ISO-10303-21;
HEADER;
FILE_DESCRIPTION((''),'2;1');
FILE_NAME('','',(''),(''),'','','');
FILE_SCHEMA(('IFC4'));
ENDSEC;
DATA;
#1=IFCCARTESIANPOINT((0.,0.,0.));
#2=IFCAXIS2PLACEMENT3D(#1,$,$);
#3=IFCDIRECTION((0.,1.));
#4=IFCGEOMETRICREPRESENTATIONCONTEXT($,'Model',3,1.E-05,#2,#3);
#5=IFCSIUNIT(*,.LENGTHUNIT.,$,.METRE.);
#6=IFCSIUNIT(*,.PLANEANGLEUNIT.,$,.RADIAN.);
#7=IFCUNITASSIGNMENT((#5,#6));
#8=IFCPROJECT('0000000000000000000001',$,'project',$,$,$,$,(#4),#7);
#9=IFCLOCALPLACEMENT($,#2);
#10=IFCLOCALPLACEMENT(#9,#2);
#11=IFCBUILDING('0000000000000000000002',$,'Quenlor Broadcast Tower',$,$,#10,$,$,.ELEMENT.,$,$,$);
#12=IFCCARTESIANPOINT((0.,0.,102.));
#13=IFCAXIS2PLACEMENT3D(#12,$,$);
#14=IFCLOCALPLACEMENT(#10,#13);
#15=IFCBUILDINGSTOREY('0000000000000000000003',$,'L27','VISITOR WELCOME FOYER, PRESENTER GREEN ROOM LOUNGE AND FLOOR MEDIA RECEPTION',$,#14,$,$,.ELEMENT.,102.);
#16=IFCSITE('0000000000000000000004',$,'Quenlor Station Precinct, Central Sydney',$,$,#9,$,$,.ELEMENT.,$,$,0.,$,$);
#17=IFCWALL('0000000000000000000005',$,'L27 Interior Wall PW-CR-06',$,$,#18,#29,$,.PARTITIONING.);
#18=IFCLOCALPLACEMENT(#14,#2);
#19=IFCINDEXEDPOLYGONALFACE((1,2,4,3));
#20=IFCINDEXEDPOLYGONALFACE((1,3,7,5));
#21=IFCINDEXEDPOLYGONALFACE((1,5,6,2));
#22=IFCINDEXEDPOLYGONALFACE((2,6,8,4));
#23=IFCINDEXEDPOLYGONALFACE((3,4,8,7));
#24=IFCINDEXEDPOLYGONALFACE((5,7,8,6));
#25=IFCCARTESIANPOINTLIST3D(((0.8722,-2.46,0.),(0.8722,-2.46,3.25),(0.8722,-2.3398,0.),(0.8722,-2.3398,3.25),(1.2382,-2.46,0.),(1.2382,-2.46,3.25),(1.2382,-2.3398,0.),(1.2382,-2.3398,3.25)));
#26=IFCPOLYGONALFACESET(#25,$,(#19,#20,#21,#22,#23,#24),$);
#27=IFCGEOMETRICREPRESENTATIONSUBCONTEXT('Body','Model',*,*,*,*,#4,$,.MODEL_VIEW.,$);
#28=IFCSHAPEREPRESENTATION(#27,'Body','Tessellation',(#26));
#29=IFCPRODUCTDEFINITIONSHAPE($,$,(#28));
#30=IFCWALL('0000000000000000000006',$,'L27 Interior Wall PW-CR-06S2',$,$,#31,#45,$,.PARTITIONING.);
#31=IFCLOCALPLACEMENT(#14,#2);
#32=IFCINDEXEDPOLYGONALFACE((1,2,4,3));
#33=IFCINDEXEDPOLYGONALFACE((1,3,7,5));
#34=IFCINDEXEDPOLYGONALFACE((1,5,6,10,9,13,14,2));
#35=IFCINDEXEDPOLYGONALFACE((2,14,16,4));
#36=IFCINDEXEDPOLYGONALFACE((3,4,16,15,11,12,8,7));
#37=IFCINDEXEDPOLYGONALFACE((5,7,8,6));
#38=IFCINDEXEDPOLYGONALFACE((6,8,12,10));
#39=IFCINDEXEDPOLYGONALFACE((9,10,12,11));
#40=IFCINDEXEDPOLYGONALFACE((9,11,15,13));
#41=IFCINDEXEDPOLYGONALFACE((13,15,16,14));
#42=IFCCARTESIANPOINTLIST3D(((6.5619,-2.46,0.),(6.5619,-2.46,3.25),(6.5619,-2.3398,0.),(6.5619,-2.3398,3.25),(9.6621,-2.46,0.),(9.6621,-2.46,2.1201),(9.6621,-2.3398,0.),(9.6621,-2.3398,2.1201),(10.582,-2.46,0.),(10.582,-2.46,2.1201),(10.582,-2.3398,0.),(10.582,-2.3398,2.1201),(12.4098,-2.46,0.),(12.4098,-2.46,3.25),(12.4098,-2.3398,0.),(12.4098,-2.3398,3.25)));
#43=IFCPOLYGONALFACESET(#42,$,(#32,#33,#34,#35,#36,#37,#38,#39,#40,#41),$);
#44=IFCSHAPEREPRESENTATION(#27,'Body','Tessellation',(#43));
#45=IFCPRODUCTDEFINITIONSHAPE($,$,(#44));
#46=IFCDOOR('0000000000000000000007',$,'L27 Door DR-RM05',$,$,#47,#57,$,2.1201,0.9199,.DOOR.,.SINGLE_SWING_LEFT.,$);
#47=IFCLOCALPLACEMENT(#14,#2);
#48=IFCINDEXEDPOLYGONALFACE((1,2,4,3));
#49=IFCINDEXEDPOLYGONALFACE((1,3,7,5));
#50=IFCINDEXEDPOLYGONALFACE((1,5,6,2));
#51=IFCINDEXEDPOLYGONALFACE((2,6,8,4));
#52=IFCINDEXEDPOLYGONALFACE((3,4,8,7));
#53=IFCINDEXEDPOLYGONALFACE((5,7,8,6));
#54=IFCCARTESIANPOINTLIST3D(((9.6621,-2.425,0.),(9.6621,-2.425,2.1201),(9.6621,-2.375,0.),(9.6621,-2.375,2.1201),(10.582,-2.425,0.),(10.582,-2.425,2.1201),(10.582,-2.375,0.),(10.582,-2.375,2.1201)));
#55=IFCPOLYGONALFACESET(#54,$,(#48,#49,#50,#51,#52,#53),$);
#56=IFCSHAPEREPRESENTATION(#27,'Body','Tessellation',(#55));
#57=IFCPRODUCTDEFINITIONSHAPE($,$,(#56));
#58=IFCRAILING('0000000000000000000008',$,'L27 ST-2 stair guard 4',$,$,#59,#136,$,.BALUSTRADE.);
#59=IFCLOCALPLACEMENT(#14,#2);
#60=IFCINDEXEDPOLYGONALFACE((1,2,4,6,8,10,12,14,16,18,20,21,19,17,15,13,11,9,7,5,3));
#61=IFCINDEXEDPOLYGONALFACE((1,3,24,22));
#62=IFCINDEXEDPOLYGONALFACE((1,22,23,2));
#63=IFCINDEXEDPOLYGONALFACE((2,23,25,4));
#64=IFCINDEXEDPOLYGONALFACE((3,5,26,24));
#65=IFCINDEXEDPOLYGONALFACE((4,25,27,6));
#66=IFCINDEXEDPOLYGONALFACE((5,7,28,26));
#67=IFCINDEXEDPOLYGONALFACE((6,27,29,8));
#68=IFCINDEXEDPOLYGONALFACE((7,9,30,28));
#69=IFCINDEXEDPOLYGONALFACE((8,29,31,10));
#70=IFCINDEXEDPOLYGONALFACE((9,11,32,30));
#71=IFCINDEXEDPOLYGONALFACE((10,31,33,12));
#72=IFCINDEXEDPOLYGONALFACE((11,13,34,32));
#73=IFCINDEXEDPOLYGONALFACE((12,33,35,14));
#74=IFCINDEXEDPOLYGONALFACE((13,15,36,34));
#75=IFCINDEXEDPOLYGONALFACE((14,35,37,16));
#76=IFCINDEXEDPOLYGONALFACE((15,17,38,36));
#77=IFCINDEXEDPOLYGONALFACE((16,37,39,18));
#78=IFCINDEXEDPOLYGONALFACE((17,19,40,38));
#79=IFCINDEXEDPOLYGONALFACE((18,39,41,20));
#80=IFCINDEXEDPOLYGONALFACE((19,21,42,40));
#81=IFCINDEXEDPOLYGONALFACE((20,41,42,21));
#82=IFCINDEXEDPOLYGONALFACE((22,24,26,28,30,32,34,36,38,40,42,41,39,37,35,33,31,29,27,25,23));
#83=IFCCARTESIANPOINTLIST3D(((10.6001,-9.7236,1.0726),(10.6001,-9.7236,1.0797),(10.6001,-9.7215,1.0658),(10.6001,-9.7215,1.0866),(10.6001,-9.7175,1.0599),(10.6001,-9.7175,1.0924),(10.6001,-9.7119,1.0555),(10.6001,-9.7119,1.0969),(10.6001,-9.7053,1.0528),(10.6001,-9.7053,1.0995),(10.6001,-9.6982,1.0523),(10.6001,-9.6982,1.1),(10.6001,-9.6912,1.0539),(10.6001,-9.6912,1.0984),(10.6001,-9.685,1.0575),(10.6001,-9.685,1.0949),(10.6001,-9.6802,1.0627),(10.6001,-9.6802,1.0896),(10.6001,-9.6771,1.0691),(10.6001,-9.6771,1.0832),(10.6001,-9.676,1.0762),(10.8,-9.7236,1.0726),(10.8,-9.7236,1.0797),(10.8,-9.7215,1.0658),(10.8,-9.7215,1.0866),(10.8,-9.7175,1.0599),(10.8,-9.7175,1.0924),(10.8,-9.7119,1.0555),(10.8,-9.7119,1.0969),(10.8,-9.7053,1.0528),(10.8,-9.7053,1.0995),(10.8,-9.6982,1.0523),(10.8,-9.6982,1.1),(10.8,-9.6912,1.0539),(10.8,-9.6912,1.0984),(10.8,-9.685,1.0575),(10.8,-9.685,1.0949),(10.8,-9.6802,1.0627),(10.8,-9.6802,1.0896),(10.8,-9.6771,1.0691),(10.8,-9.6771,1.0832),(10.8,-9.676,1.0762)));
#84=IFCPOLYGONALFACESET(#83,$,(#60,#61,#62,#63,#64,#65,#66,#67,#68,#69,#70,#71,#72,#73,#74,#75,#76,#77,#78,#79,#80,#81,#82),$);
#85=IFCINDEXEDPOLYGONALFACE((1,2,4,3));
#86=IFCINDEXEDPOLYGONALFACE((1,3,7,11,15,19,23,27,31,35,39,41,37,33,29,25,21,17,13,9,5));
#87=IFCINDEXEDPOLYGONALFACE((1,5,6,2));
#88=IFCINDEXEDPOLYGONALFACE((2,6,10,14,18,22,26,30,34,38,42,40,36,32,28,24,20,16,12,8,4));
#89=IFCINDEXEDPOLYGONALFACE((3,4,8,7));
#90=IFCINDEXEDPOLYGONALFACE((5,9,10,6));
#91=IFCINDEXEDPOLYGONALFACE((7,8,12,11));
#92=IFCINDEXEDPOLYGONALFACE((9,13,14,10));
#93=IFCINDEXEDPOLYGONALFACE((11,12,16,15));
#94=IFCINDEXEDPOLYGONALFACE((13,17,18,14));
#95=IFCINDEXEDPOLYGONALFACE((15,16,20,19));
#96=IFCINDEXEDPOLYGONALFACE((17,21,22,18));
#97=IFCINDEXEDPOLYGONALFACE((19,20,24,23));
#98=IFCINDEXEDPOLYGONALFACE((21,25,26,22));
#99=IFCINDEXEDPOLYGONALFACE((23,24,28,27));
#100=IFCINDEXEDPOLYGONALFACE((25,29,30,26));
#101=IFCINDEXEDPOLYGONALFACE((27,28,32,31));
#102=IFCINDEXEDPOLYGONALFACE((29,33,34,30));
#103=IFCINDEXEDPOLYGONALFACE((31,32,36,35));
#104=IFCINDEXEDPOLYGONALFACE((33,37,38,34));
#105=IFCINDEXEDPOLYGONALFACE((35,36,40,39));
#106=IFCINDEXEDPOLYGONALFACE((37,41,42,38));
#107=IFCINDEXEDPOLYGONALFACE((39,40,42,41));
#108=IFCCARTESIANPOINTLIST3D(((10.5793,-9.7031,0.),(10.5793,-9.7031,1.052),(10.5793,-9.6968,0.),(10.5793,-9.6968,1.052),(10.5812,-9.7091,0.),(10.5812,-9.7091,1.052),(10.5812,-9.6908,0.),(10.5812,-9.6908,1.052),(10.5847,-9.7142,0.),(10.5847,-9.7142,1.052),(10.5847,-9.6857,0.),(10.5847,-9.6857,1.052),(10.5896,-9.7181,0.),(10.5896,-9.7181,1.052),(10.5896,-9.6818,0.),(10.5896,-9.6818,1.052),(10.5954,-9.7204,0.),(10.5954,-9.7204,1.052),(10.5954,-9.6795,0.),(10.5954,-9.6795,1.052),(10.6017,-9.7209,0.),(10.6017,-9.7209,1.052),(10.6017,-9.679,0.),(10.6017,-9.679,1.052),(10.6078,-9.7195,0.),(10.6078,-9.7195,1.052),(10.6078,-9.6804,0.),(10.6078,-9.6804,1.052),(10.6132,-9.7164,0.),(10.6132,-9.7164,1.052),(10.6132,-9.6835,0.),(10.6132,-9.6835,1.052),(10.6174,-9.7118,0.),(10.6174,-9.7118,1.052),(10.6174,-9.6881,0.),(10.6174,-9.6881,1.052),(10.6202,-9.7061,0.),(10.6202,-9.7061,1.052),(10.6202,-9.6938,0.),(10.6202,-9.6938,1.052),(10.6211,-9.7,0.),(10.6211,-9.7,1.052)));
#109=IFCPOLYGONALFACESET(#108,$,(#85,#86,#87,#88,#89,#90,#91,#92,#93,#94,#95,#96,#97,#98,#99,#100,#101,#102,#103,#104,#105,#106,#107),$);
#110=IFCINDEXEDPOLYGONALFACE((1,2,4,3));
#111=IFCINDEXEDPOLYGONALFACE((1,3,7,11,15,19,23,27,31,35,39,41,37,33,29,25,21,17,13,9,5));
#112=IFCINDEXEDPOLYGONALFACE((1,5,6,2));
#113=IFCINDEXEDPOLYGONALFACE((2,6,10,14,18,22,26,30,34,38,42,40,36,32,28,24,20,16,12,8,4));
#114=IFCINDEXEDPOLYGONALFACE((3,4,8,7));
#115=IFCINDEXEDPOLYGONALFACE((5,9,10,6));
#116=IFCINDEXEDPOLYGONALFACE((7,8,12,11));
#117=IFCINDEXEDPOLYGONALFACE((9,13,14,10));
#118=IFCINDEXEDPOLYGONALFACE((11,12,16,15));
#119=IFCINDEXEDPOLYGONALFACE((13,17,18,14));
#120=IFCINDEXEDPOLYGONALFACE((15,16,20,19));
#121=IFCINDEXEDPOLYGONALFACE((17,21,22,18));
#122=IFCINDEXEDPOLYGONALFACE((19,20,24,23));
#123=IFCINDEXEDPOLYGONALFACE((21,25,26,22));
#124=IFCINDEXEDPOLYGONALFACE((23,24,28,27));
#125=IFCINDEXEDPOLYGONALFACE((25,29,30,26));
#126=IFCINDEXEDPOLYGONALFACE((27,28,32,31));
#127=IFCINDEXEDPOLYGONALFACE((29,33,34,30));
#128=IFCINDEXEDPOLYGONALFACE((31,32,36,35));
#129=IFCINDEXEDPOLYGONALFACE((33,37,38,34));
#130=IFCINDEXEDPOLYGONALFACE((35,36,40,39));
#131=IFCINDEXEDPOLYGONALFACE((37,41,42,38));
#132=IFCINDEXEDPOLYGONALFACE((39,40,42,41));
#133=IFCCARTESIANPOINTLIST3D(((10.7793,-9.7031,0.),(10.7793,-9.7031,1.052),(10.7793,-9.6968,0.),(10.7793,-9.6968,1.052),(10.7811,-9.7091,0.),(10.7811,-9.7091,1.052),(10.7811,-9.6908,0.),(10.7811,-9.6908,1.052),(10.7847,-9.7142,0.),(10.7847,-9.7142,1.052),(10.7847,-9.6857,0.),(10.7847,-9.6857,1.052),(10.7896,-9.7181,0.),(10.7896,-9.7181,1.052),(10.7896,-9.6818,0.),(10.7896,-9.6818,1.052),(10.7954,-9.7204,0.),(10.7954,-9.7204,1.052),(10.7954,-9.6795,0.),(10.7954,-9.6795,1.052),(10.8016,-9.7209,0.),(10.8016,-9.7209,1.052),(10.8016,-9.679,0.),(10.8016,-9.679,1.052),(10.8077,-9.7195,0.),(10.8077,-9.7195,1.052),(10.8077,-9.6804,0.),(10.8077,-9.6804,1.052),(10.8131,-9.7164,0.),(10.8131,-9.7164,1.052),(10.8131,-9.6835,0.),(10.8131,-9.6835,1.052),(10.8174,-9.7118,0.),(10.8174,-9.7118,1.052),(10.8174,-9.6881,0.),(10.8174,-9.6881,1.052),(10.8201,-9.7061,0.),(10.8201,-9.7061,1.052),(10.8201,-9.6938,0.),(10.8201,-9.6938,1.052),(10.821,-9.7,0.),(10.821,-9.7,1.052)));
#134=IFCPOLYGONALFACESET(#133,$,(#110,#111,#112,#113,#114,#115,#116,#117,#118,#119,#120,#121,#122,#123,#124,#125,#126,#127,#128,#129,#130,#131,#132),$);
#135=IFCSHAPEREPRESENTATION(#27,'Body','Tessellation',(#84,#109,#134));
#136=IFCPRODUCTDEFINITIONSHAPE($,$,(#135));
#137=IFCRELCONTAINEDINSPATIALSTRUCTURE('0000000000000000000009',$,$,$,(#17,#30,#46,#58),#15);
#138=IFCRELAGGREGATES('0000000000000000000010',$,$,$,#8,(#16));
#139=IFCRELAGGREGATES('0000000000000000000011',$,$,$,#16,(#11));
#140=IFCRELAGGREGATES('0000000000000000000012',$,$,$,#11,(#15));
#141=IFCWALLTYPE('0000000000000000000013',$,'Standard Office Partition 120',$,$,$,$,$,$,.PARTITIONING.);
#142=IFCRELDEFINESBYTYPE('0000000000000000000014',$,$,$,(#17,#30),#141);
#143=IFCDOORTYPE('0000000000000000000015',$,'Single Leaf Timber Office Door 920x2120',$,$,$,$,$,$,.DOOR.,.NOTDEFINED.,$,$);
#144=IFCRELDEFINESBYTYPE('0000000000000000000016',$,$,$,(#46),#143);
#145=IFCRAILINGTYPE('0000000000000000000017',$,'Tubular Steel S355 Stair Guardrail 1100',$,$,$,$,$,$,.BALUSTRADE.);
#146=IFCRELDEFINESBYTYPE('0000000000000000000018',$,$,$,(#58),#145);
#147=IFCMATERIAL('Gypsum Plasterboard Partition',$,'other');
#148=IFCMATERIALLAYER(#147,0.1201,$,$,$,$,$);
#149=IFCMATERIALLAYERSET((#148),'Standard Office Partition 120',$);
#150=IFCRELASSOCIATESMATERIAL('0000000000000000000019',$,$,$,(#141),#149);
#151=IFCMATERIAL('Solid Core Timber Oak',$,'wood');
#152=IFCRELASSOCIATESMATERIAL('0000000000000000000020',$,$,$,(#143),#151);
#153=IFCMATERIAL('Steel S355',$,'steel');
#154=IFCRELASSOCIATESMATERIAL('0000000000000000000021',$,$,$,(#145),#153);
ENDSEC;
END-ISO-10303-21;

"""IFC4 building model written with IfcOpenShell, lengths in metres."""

from ifc_helpers import new_model, si_unit, direction, frame, frame_2d, origin, origin_2d, place, context, subcontext, project, spatial, rectangle, circle, extrude, material, layer, layer_set, type_object, element, fill, save


model = new_model("IFC4")

# Units and contexts
model_context = context("Model", 3, precision=1e-05, world=origin(), true_north=direction((0.0, 1.0)))
body_context = subcontext(model_context, "Body", "Model", "MODEL_VIEW")
ifc_project = project(units=[si_unit("LENGTHUNIT", "METRE"), si_unit("PLANEANGLEUNIT", "RADIAN")], contexts=[model_context])

# Site, building, storey
site_placement = place(None, origin())
site = spatial("IfcSite", under=ifc_project, at=site_placement, Name="Quenlor Station Precinct, Central Sydney", CompositionType="ELEMENT", RefElevation=0.0)
building_placement = place(site_placement, origin())
building = spatial("IfcBuilding", under=site, at=building_placement, Name="Quenlor Broadcast Tower", CompositionType="ELEMENT")
storey_placement = place(building_placement, frame((0.0, 0.0, 102.0)))
storey = spatial("IfcBuildingStorey", under=building, at=storey_placement, Name="L27", Description="VISITOR WELCOME FOYER, PRESENTER GREEN ROOM LOUNGE AND FLOOR MEDIA RECEPTION", CompositionType="ELEMENT", Elevation=102.0)

# Shared definitions
ifc_material_1 = material(Name="Gypsum Plasterboard Partition", Category="other")
ifc_layer_1 = layer(ifc_material_1, 0.1201)
ifc_layer_set_1 = layer_set([ifc_layer_1], Name="Standard Office Partition 120")
wall_type_1 = type_object("IfcWallType", Name="Standard Office Partition 120", PredefinedType="PARTITIONING", material=ifc_layer_set_1)

# Wall
wall_1_placement = place(storey_placement, frame((0.8721, -2.3999, 0.0), z_axis=(0.0, 0.0, 1.0), x_axis=(1.0, 0.0, 0.0)))
element("IfcWall", 1, at=wall_1_placement, inside=storey, type_object=wall_type_1, Name="L27 Interior Wall PW-CR-06", PredefinedType="PARTITIONING", context=body_context, shape_type="SweptSolid", body=[
    extrude(rectangle(XDim=0.366, YDim=0.1201, at=frame_2d((0.1831, 0.0))), origin(), (0.0, 0.0, 1.0), 3.25),
])

# Wall, opening, door
wall_2_placement = place(storey_placement, frame((6.562, -2.3999, 0.0), z_axis=(0.0, 0.0, 1.0), x_axis=(1.0, 0.0, 0.0)))
wall_2 = element("IfcWall", 2, at=wall_2_placement, inside=storey, type_object=wall_type_1, Name="L27 Interior Wall PW-CR-06S2", PredefinedType="PARTITIONING", context=body_context, shape_type="SweptSolid", body=[
    extrude(rectangle(XDim=5.8479, YDim=0.1201, at=frame_2d((2.9238, 0.0))), origin(), (0.0, 0.0, 1.0), 3.25),
])
opening_1_placement = place(wall_2_placement, frame((3.1001, 0.0, 0.0)))
opening_1 = element("IfcOpeningElement", 3, at=opening_1_placement, cuts=wall_2, PredefinedType="OPENING", context=body_context, shape_type="SweptSolid", body=[
    extrude(rectangle(XDim=0.9199, YDim=2.1201, at=frame_2d((0.46, 1.0601))), frame((0.0, 0.0701, 0.0), z_axis=(0.0, -1.0, 0.0), x_axis=(1.0, 0.0, 0.0)), (0.0, 0.0, 1.0), 0.1401),
])
ifc_material_2 = material(Name="Solid Core Timber Oak", Category="wood")
door_type_1 = type_object("IfcDoorType", Name="Single Leaf Timber Office Door 920x2120", OperationType="NOTDEFINED", PredefinedType="DOOR", material=ifc_material_2)
door_1_placement = place(opening_1_placement, origin())
door_1 = element("IfcDoor", 4, at=door_1_placement, inside=storey, type_object=door_type_1, Name="L27 Door DR-RM05", OperationType="SINGLE_SWING_LEFT", OverallHeight=2.1201, OverallWidth=0.9199, PredefinedType="DOOR", context=body_context, shape_type="SweptSolid", body=[
    extrude(rectangle(XDim=0.9199, YDim=2.1201, at=frame_2d((0.46, 1.0601))), frame((0.0, 0.0249, 0.0), z_axis=(0.0, -1.0, 0.0), x_axis=(1.0, 0.0, 0.0)), (0.0, 0.0, 1.0), 0.05),
])
fill(opening_1, door_1)

# Railing
ifc_material_3 = material(Name="Steel S355", Category="steel")
railing_type = type_object("IfcRailingType", Name="Tubular Steel S355 Stair Guardrail 1100", PredefinedType="BALUSTRADE", material=ifc_material_3)
railing_placement = place(storey_placement, frame((10.6001, -9.7, 0.0)))
element("IfcRailing", 5, at=railing_placement, inside=storey, type_object=railing_type, Name="L27 ST-2 stair guard 4", PredefinedType="BALUSTRADE", context=body_context, shape_type="SweptSolid", body=[
    extrude(circle(Radius=0.0239, at=origin_2d()), frame((0.0, 0.0, 1.0762), z_axis=(1.0, 0.0, 0.0), x_axis=(0.0, 1.0, 0.0)), (0.0, 0.0, 1.0), 0.2),
    extrude(circle(Radius=0.021, at=origin_2d()), origin(), (0.0, 0.0, 1.0), 1.052),
    extrude(circle(Radius=0.021, at=origin_2d()), frame((0.2, 0.0, 0.0)), (0.0, 0.0, 1.0), 1.052),
])

save(model, "model.ifc")
